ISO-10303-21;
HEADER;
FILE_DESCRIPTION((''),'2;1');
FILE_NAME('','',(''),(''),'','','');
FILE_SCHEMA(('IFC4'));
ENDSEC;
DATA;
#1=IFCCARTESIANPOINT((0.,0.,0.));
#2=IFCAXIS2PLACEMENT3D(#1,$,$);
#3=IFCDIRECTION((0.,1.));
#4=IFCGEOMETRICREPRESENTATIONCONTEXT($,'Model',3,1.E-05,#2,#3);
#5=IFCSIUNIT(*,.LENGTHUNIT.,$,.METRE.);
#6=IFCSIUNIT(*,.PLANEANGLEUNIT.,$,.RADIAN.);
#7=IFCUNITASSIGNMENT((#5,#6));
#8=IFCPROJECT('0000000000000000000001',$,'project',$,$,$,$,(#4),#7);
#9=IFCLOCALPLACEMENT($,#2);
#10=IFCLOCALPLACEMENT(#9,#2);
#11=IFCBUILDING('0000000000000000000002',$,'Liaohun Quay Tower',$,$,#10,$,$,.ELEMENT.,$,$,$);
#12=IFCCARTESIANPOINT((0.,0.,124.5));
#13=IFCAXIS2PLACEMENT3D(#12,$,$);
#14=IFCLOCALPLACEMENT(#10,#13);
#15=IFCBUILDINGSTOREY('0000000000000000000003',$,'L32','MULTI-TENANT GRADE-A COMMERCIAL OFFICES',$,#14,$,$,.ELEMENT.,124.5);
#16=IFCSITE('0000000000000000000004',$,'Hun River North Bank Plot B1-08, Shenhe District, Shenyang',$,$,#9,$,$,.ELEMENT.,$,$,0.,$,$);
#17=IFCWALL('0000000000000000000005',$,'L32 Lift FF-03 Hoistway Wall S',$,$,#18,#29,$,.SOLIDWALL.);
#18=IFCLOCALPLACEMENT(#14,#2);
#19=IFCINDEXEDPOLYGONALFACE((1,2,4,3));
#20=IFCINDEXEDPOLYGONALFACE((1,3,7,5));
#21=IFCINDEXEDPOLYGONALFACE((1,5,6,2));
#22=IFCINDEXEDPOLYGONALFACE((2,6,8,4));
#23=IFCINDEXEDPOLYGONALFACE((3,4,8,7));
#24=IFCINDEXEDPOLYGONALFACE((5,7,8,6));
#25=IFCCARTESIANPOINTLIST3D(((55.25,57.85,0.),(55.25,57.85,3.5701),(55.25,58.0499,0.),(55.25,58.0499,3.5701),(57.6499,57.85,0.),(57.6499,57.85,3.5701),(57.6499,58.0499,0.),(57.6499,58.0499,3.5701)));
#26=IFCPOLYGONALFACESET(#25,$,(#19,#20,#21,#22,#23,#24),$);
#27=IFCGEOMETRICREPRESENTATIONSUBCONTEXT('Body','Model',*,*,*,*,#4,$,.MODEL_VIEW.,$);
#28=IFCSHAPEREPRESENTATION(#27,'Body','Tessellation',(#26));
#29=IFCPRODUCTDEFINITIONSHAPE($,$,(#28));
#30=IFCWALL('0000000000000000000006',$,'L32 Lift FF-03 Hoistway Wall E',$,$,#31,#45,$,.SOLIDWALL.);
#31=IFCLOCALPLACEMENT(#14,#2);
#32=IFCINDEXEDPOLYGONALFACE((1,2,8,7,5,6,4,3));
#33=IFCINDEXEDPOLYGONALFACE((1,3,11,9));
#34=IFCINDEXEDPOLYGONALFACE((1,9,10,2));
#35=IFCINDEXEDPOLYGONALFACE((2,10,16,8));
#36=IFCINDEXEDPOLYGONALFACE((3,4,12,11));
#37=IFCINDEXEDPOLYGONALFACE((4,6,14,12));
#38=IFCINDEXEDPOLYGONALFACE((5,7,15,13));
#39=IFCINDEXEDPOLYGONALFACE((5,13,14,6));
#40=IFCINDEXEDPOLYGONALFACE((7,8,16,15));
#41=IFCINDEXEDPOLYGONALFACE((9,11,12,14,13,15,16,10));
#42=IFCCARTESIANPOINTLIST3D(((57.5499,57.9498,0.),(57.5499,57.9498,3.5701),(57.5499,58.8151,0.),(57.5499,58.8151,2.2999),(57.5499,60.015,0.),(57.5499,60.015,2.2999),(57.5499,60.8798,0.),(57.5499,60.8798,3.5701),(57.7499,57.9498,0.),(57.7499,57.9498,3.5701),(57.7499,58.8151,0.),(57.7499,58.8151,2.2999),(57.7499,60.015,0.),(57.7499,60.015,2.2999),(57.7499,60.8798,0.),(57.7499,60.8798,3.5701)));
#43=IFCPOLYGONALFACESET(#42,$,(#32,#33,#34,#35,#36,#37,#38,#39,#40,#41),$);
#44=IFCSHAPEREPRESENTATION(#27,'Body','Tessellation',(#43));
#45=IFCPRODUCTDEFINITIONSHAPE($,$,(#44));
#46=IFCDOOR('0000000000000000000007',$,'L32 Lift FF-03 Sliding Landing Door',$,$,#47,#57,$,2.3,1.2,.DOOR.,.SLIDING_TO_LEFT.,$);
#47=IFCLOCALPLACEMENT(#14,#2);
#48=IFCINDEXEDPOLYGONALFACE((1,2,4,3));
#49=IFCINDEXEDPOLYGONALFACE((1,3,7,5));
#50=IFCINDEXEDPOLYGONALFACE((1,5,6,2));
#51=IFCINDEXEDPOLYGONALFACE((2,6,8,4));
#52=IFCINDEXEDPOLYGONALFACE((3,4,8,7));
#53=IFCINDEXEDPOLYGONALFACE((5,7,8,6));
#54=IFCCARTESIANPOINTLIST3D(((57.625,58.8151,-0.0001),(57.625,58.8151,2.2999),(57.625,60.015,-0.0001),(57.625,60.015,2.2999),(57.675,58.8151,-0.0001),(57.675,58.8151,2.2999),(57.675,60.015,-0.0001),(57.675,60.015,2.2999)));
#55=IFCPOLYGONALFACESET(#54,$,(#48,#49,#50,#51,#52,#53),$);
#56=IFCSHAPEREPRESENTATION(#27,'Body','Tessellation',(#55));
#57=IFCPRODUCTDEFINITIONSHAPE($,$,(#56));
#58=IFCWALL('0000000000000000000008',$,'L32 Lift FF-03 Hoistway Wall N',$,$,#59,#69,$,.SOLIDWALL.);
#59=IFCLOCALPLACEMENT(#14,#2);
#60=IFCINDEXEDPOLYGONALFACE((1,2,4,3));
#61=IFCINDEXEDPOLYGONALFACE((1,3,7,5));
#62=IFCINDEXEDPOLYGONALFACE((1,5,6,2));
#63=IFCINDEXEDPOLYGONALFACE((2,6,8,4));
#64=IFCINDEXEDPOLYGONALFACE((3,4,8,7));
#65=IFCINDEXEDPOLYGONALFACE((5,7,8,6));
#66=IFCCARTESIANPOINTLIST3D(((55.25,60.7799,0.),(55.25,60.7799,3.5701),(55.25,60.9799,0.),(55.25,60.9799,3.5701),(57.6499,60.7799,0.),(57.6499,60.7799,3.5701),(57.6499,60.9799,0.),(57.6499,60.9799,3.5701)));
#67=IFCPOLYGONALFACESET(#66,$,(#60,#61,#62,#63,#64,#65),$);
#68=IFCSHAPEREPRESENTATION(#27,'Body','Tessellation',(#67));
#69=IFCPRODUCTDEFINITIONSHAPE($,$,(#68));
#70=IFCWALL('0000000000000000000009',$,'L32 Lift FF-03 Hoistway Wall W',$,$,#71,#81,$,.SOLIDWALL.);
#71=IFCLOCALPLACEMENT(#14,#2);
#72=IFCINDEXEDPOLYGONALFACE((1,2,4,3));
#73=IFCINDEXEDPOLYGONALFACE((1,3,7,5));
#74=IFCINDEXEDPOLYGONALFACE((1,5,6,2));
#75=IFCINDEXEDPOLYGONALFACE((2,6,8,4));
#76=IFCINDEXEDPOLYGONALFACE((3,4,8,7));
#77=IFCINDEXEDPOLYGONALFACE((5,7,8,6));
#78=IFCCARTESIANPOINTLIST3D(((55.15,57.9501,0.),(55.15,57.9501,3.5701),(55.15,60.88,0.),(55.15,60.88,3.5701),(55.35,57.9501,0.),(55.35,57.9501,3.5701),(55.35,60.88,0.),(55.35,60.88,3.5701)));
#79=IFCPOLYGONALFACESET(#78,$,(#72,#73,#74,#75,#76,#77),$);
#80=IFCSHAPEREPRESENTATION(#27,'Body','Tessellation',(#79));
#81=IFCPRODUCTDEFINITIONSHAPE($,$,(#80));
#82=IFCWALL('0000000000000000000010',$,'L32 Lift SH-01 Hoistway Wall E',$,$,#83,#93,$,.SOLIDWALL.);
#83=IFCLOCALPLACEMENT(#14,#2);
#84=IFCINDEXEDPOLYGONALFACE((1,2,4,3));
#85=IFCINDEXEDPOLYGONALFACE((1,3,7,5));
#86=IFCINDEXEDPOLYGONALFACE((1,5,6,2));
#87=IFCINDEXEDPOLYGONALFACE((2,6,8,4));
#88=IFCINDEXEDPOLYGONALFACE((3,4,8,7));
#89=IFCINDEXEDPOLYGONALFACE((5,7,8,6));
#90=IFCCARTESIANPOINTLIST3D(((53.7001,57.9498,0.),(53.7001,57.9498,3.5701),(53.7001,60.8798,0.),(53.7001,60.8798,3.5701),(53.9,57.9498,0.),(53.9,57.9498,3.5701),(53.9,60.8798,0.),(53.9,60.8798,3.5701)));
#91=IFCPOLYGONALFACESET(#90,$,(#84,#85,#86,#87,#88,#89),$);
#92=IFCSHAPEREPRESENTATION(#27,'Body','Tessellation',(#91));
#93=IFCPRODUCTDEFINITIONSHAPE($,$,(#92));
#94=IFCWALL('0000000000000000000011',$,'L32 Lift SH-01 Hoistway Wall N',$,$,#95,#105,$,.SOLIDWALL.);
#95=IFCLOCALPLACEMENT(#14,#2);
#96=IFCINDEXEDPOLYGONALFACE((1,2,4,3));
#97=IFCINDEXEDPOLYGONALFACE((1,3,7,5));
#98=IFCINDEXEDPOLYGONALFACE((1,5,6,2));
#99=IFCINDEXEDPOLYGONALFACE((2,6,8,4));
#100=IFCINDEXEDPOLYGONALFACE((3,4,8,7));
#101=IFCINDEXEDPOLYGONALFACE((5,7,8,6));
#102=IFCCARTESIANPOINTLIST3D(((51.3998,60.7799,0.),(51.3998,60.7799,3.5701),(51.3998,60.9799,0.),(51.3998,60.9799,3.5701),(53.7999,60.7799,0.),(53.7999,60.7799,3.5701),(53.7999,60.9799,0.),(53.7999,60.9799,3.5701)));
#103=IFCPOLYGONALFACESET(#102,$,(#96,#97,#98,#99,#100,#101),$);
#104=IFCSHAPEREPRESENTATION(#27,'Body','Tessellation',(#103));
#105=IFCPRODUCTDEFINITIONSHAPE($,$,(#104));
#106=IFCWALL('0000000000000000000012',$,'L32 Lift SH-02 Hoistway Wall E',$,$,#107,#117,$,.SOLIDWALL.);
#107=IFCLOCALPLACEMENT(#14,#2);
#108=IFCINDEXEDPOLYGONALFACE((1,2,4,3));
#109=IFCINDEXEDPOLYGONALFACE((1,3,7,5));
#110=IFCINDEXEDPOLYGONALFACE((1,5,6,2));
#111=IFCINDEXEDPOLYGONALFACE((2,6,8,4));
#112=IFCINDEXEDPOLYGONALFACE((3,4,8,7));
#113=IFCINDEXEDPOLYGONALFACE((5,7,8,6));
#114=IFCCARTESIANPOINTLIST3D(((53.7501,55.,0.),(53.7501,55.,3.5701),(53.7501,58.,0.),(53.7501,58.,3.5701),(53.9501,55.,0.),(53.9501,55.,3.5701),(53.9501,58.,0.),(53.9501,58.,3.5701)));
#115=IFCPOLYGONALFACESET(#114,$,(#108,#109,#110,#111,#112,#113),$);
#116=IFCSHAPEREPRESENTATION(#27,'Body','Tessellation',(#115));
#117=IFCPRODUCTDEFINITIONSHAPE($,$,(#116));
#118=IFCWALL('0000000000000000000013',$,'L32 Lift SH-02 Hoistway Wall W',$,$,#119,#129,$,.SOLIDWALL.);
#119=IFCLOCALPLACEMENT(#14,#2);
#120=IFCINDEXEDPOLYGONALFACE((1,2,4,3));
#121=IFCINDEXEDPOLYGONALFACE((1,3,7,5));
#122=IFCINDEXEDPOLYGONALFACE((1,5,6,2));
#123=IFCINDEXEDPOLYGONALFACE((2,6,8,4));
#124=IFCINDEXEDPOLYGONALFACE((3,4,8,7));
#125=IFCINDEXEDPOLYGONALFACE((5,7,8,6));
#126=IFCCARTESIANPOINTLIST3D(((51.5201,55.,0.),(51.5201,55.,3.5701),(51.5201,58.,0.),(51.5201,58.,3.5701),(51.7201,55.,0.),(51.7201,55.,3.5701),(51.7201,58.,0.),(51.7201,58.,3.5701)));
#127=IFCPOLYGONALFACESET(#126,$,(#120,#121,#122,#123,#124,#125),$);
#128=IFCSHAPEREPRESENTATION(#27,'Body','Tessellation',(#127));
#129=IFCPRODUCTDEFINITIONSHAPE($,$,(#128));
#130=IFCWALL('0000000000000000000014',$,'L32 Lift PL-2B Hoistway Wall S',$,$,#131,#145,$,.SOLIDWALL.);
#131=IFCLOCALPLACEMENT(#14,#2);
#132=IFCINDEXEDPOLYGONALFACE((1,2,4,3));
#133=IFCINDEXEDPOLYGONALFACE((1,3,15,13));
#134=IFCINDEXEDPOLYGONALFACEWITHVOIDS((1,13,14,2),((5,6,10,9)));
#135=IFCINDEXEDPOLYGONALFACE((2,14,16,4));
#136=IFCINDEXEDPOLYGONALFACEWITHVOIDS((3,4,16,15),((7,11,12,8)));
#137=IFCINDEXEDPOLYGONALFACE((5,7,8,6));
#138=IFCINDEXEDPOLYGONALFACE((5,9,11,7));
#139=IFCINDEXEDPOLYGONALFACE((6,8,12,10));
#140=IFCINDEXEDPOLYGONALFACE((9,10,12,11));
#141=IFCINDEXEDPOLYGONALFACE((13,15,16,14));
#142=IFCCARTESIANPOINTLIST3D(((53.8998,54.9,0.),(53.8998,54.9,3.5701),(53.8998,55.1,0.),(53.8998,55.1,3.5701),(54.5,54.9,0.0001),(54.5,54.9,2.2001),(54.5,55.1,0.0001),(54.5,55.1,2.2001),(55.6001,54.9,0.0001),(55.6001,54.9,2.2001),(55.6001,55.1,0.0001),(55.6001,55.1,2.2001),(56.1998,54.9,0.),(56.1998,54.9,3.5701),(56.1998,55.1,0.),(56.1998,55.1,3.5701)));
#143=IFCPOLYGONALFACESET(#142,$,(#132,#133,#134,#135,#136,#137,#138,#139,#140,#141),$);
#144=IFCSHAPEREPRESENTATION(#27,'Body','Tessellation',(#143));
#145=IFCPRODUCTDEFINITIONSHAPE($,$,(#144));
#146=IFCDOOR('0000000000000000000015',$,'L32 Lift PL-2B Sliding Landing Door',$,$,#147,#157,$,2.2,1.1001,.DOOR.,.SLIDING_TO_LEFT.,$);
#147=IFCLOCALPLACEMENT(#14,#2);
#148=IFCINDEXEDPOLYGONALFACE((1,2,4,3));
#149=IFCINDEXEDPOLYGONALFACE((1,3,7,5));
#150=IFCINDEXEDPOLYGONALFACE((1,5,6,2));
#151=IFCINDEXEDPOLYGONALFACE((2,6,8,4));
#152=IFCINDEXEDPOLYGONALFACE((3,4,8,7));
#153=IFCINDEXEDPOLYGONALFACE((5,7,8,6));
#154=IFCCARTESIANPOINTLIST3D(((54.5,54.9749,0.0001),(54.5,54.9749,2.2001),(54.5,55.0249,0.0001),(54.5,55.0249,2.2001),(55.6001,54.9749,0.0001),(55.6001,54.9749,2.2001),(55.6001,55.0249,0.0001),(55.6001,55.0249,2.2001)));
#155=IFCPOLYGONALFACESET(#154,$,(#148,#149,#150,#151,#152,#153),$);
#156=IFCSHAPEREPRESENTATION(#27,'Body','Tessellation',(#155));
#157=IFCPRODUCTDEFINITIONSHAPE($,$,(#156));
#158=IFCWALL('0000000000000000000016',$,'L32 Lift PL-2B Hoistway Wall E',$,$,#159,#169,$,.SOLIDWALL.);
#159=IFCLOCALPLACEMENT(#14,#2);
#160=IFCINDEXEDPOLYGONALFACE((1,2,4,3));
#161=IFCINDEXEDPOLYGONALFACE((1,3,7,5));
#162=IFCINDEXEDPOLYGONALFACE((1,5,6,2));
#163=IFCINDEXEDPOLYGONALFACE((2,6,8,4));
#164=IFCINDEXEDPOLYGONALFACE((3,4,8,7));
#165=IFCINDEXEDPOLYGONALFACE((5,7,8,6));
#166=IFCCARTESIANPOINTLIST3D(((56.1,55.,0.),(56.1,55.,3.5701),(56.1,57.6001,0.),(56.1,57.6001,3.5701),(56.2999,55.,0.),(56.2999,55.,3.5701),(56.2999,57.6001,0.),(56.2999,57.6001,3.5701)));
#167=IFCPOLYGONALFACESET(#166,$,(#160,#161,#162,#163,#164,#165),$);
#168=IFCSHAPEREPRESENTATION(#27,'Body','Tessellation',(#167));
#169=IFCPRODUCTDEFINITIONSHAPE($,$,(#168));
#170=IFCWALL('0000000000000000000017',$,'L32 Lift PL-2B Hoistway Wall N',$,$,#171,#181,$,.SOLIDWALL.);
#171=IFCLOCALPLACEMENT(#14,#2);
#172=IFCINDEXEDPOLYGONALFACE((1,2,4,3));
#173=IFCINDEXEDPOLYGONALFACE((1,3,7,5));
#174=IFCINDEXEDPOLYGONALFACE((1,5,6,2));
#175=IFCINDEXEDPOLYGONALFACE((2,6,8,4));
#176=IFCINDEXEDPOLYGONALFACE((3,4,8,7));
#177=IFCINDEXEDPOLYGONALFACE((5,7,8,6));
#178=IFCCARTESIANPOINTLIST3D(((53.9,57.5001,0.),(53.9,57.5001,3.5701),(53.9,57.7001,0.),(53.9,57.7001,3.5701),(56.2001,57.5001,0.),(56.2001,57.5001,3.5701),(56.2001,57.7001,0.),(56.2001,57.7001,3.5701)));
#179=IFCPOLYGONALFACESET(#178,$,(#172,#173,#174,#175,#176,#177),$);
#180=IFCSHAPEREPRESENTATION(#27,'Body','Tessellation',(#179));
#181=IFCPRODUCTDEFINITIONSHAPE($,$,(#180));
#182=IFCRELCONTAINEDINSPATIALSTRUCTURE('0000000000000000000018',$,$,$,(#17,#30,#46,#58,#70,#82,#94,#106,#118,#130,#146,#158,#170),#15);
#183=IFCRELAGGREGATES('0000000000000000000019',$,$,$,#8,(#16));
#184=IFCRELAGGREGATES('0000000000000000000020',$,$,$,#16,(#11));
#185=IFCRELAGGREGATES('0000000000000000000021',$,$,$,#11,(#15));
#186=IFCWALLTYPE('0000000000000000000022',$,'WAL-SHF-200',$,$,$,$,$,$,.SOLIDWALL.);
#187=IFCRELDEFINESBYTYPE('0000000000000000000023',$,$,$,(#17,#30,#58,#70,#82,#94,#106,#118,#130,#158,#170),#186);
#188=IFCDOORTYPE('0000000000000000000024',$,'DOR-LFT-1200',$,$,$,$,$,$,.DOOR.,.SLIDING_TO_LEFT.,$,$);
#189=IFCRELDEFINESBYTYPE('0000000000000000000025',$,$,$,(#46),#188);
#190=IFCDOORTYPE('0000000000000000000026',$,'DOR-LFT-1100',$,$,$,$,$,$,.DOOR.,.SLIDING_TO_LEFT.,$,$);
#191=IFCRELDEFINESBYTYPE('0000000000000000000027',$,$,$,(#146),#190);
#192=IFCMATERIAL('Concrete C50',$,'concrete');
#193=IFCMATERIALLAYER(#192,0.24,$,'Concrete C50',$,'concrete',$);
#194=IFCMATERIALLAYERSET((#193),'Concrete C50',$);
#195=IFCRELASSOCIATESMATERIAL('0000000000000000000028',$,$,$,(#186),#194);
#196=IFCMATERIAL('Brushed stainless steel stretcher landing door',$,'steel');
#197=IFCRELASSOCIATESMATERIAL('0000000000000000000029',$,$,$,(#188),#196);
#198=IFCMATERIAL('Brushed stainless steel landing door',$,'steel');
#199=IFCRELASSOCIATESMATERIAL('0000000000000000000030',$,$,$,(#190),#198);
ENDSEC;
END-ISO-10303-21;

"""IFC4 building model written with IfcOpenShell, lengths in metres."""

from ifc_helpers import new_model, si_unit, direction, frame, frame_2d, origin, place, context, subcontext, project, spatial, rectangle, extrude, source, transform, mapped, material, layer, layer_set, type_object, element, fill, save


model = new_model("IFC4")

# Units and contexts
model_context = context("Model", 3, precision=1e-05, world=origin(), true_north=direction((0.0, 1.0)))
body_context = subcontext(model_context, "Body", "Model", "MODEL_VIEW")
ifc_project = project(units=[si_unit("LENGTHUNIT", "METRE"), si_unit("PLANEANGLEUNIT", "RADIAN")], contexts=[model_context])

# Site, building, storey
site_placement = place(None, origin())
site = spatial("IfcSite", under=ifc_project, at=site_placement, Name="Hun River North Bank Plot B1-08, Shenhe District, Shenyang", CompositionType="ELEMENT", RefElevation=0.0)
building_placement = place(site_placement, origin())
building = spatial("IfcBuilding", under=site, at=building_placement, Name="Liaohun Quay Tower", CompositionType="ELEMENT")
storey_placement = place(building_placement, frame((0.0, 0.0, 124.5)))
storey = spatial("IfcBuildingStorey", under=building, at=storey_placement, Name="L32", Description="MULTI-TENANT GRADE-A COMMERCIAL OFFICES", CompositionType="ELEMENT", Elevation=124.5)

# Wall
ifc_material_1 = material(Name="Concrete C50", Category="concrete")
ifc_layer = layer(ifc_material_1, 0.24, Name="Concrete C50", Category="concrete")
ifc_layer_set = layer_set([ifc_layer], Name="Concrete C50")
wall_type = type_object("IfcWallType", Name="WAL-SHF-200", PredefinedType="SOLIDWALL", material=ifc_layer_set)
wall_1_placement = place(storey_placement, frame((55.25, 57.95, 0.0), z_axis=(0.0, 0.0, 1.0), x_axis=(1.0, 0.0, 0.0)))
element("IfcWall", 1, at=wall_1_placement, inside=storey, type_object=wall_type, Name="L32 Lift FF-03 Hoistway Wall S", PredefinedType="SOLIDWALL", context=body_context, shape_type="SweptSolid", body=[
    extrude(rectangle(XDim=2.3999, YDim=0.2, at=frame_2d((1.2, 0.0))), origin(), (0.0, 0.0, 1.0), 3.5701),
])

# Wall, opening, door
wall_2_placement = place(storey_placement, frame((57.6499, 57.95, 0.0), z_axis=(0.0, 0.0, 1.0), x_axis=(0.0, 1.0, 0.0)))
wall_2 = element("IfcWall", 2, at=wall_2_placement, inside=storey, type_object=wall_type, Name="L32 Lift FF-03 Hoistway Wall E", PredefinedType="SOLIDWALL", context=body_context, shape_type="SweptSolid", body=[
    extrude(rectangle(XDim=2.9299, YDim=0.2, at=frame_2d((1.4648, 0.0))), origin(), (0.0, 0.0, 1.0), 3.5701),
])
shared_shape_1 = source(origin(), body_context, "Body", "SweptSolid", [
    extrude(rectangle(XDim=1.2, YDim=2.3, at=frame_2d((0.6001, 1.1499))), frame((0.0, 0.1099, 0.0), z_axis=(0.0, -1.0, 0.0), x_axis=(1.0, 0.0, 0.0)), (0.0, 0.0, 1.0), 0.22),
])
opening_1_placement = place(wall_2_placement, frame((0.865, 0.0, 0.0)))
opening_1 = element("IfcOpeningElement", 3, at=opening_1_placement, cuts=wall_2, PredefinedType="OPENING", context=body_context, shape_type="MappedRepresentation", body=[
    mapped(shared_shape_1, transform((0.0, 0.0, 0.0), x_axis=(1.0, 0.0, 0.0), y_axis=(0.0, 1.0, 0.0), z_axis=(0.0, 0.0, 1.0), scale=1.0)),
])
ifc_material_2 = material(Name="Brushed stainless steel stretcher landing door", Category="steel")
door_type_1 = type_object("IfcDoorType", Name="DOR-LFT-1200", OperationType="SLIDING_TO_LEFT", PredefinedType="DOOR", material=ifc_material_2)
shared_shape_2 = source(origin(), body_context, "Body", "SweptSolid", [
    extrude(rectangle(XDim=1.2, YDim=2.3, at=frame_2d((0.6001, 1.1499))), frame((0.0, 0.0249, 0.0), z_axis=(0.0, -1.0, 0.0), x_axis=(1.0, 0.0, 0.0)), (0.0, 0.0, 1.0), 0.05),
])
door_1_placement = place(opening_1_placement, origin())
door_1 = element("IfcDoor", 4, at=door_1_placement, inside=storey, type_object=door_type_1, Name="L32 Lift FF-03 Sliding Landing Door", OperationType="SLIDING_TO_LEFT", OverallHeight=2.3, OverallWidth=1.2, PredefinedType="DOOR", context=body_context, shape_type="MappedRepresentation", body=[
    mapped(shared_shape_2, transform((0.0, 0.0, 0.0), x_axis=(1.0, 0.0, 0.0), y_axis=(0.0, 1.0, 0.0), z_axis=(0.0, 0.0, 1.0), scale=1.0)),
])
fill(opening_1, door_1)

# Walls
wall_3_placement = place(storey_placement, frame((57.6499, 60.8799, 0.0), z_axis=(0.0, 0.0, 1.0), x_axis=(-1.0, 0.0, 0.0)))
element("IfcWall", 5, at=wall_3_placement, inside=storey, type_object=wall_type, Name="L32 Lift FF-03 Hoistway Wall N", PredefinedType="SOLIDWALL", context=body_context, shape_type="SweptSolid", body=[
    extrude(rectangle(XDim=2.3999, YDim=0.2, at=frame_2d((1.2, 0.0))), origin(), (0.0, 0.0, 1.0), 3.5701),
])
for number, where, z_axis, x_axis, name in (
    (6, (55.25, 60.8799, 0.0), (0.0, 0.0, 1.0), (0.0, -1.0, 0.0), "L32 Lift FF-03 Hoistway Wall W"),
    (7, (53.8, 57.95, 0.0), (0.0, 0.0, 1.0), (0.0, 1.0, 0.0), "L32 Lift SH-01 Hoistway Wall E"),
):
    element("IfcWall", number, at=place(storey_placement, frame(where, z_axis=z_axis, x_axis=x_axis)), inside=storey, type_object=wall_type, Name=name, PredefinedType="SOLIDWALL", context=body_context, shape_type="SweptSolid", body=[
        extrude(rectangle(XDim=2.9299, YDim=0.2, at=frame_2d((1.4648, 0.0))), origin(), (0.0, 0.0, 1.0), 3.5701),
    ])
wall_4_placement = place(storey_placement, frame((53.8, 60.8799, 0.0), z_axis=(0.0, 0.0, 1.0), x_axis=(-1.0, 0.0, 0.0)))
element("IfcWall", 8, at=wall_4_placement, inside=storey, type_object=wall_type, Name="L32 Lift SH-01 Hoistway Wall N", PredefinedType="SOLIDWALL", context=body_context, shape_type="SweptSolid", body=[
    extrude(rectangle(XDim=2.4001, YDim=0.2, at=frame_2d((1.2002, 0.0))), origin(), (0.0, 0.0, 1.0), 3.5701),
])
for number, where, z_axis, x_axis, name in (
    (9, (53.8501, 55.0, 0.0), (0.0, 0.0, 1.0), (0.0, 1.0, 0.0), "L32 Lift SH-02 Hoistway Wall E"),
    (10, (51.6201, 58.0, 0.0), (0.0, 0.0, 1.0), (0.0, -1.0, 0.0), "L32 Lift SH-02 Hoistway Wall W"),
):
    element("IfcWall", number, at=place(storey_placement, frame(where, z_axis=z_axis, x_axis=x_axis)), inside=storey, type_object=wall_type, Name=name, PredefinedType="SOLIDWALL", context=body_context, shape_type="SweptSolid", body=[
        extrude(rectangle(XDim=3.0, YDim=0.2, at=frame_2d((1.5, 0.0))), origin(), (0.0, 0.0, 1.0), 3.5701),
    ])

# Wall, opening, door
wall_5_placement = place(storey_placement, frame((53.8999, 55.0, 0.0), z_axis=(0.0, 0.0, 1.0), x_axis=(1.0, 0.0, 0.0)))
wall_5 = element("IfcWall", 11, at=wall_5_placement, inside=storey, type_object=wall_type, Name="L32 Lift PL-2B Hoistway Wall S", PredefinedType="SOLIDWALL", context=body_context, shape_type="SweptSolid", body=[
    extrude(rectangle(XDim=2.3, YDim=0.2, at=frame_2d((1.1499, 0.0))), origin(), (0.0, 0.0, 1.0), 3.5701),
])
shared_shape_3 = source(origin(), body_context, "Body", "SweptSolid", [
    extrude(rectangle(XDim=1.1001, YDim=2.2, at=frame_2d((0.55, 1.1001))), frame((0.0, 0.1099, 0.0), z_axis=(0.0, -1.0, 0.0), x_axis=(1.0, 0.0, 0.0)), (0.0, 0.0, 1.0), 0.22),
])
opening_2_placement = place(wall_5_placement, frame((0.6001, 0.0, 0.0)))
opening_2 = element("IfcOpeningElement", 12, at=opening_2_placement, cuts=wall_5, PredefinedType="OPENING", context=body_context, shape_type="MappedRepresentation", body=[
    mapped(shared_shape_3, transform((0.0, 0.0, 0.0), x_axis=(1.0, 0.0, 0.0), y_axis=(0.0, 1.0, 0.0), z_axis=(0.0, 0.0, 1.0), scale=1.0)),
])
ifc_material_3 = material(Name="Brushed stainless steel landing door", Category="steel")
door_type_2 = type_object("IfcDoorType", Name="DOR-LFT-1100", OperationType="SLIDING_TO_LEFT", PredefinedType="DOOR", material=ifc_material_3)
shared_shape_4 = source(origin(), body_context, "Body", "SweptSolid", [
    extrude(rectangle(XDim=1.1001, YDim=2.2, at=frame_2d((0.55, 1.1001))), frame((0.0, 0.0249, 0.0), z_axis=(0.0, -1.0, 0.0), x_axis=(1.0, 0.0, 0.0)), (0.0, 0.0, 1.0), 0.05),
])
door_2_placement = place(opening_2_placement, origin())
door_2 = element("IfcDoor", 13, at=door_2_placement, inside=storey, type_object=door_type_2, Name="L32 Lift PL-2B Sliding Landing Door", OperationType="SLIDING_TO_LEFT", OverallHeight=2.2, OverallWidth=1.1001, PredefinedType="DOOR", context=body_context, shape_type="MappedRepresentation", body=[
    mapped(shared_shape_4, transform((0.0, 0.0, 0.0), x_axis=(1.0, 0.0, 0.0), y_axis=(0.0, 1.0, 0.0), z_axis=(0.0, 0.0, 1.0), scale=1.0)),
])
fill(opening_2, door_2)

# Walls
wall_6_placement = place(storey_placement, frame((56.2, 55.0, 0.0), z_axis=(0.0, 0.0, 1.0), x_axis=(0.0, 1.0, 0.0)))
element("IfcWall", 14, at=wall_6_placement, inside=storey, type_object=wall_type, Name="L32 Lift PL-2B Hoistway Wall E", PredefinedType="SOLIDWALL", context=body_context, shape_type="SweptSolid", body=[
    extrude(rectangle(XDim=2.6001, YDim=0.2, at=frame_2d((1.3, 0.0))), origin(), (0.0, 0.0, 1.0), 3.5701),
])
wall_7_placement = place(storey_placement, frame((56.2, 57.6001, 0.0), z_axis=(0.0, 0.0, 1.0), x_axis=(-1.0, 0.0, 0.0)))
element("IfcWall", 15, at=wall_7_placement, inside=storey, type_object=wall_type, Name="L32 Lift PL-2B Hoistway Wall N", PredefinedType="SOLIDWALL", context=body_context, shape_type="SweptSolid", body=[
    extrude(rectangle(XDim=2.3, YDim=0.2, at=frame_2d((1.1499, 0.0))), origin(), (0.0, 0.0, 1.0), 3.5701),
])

save(model, "model.ifc")
